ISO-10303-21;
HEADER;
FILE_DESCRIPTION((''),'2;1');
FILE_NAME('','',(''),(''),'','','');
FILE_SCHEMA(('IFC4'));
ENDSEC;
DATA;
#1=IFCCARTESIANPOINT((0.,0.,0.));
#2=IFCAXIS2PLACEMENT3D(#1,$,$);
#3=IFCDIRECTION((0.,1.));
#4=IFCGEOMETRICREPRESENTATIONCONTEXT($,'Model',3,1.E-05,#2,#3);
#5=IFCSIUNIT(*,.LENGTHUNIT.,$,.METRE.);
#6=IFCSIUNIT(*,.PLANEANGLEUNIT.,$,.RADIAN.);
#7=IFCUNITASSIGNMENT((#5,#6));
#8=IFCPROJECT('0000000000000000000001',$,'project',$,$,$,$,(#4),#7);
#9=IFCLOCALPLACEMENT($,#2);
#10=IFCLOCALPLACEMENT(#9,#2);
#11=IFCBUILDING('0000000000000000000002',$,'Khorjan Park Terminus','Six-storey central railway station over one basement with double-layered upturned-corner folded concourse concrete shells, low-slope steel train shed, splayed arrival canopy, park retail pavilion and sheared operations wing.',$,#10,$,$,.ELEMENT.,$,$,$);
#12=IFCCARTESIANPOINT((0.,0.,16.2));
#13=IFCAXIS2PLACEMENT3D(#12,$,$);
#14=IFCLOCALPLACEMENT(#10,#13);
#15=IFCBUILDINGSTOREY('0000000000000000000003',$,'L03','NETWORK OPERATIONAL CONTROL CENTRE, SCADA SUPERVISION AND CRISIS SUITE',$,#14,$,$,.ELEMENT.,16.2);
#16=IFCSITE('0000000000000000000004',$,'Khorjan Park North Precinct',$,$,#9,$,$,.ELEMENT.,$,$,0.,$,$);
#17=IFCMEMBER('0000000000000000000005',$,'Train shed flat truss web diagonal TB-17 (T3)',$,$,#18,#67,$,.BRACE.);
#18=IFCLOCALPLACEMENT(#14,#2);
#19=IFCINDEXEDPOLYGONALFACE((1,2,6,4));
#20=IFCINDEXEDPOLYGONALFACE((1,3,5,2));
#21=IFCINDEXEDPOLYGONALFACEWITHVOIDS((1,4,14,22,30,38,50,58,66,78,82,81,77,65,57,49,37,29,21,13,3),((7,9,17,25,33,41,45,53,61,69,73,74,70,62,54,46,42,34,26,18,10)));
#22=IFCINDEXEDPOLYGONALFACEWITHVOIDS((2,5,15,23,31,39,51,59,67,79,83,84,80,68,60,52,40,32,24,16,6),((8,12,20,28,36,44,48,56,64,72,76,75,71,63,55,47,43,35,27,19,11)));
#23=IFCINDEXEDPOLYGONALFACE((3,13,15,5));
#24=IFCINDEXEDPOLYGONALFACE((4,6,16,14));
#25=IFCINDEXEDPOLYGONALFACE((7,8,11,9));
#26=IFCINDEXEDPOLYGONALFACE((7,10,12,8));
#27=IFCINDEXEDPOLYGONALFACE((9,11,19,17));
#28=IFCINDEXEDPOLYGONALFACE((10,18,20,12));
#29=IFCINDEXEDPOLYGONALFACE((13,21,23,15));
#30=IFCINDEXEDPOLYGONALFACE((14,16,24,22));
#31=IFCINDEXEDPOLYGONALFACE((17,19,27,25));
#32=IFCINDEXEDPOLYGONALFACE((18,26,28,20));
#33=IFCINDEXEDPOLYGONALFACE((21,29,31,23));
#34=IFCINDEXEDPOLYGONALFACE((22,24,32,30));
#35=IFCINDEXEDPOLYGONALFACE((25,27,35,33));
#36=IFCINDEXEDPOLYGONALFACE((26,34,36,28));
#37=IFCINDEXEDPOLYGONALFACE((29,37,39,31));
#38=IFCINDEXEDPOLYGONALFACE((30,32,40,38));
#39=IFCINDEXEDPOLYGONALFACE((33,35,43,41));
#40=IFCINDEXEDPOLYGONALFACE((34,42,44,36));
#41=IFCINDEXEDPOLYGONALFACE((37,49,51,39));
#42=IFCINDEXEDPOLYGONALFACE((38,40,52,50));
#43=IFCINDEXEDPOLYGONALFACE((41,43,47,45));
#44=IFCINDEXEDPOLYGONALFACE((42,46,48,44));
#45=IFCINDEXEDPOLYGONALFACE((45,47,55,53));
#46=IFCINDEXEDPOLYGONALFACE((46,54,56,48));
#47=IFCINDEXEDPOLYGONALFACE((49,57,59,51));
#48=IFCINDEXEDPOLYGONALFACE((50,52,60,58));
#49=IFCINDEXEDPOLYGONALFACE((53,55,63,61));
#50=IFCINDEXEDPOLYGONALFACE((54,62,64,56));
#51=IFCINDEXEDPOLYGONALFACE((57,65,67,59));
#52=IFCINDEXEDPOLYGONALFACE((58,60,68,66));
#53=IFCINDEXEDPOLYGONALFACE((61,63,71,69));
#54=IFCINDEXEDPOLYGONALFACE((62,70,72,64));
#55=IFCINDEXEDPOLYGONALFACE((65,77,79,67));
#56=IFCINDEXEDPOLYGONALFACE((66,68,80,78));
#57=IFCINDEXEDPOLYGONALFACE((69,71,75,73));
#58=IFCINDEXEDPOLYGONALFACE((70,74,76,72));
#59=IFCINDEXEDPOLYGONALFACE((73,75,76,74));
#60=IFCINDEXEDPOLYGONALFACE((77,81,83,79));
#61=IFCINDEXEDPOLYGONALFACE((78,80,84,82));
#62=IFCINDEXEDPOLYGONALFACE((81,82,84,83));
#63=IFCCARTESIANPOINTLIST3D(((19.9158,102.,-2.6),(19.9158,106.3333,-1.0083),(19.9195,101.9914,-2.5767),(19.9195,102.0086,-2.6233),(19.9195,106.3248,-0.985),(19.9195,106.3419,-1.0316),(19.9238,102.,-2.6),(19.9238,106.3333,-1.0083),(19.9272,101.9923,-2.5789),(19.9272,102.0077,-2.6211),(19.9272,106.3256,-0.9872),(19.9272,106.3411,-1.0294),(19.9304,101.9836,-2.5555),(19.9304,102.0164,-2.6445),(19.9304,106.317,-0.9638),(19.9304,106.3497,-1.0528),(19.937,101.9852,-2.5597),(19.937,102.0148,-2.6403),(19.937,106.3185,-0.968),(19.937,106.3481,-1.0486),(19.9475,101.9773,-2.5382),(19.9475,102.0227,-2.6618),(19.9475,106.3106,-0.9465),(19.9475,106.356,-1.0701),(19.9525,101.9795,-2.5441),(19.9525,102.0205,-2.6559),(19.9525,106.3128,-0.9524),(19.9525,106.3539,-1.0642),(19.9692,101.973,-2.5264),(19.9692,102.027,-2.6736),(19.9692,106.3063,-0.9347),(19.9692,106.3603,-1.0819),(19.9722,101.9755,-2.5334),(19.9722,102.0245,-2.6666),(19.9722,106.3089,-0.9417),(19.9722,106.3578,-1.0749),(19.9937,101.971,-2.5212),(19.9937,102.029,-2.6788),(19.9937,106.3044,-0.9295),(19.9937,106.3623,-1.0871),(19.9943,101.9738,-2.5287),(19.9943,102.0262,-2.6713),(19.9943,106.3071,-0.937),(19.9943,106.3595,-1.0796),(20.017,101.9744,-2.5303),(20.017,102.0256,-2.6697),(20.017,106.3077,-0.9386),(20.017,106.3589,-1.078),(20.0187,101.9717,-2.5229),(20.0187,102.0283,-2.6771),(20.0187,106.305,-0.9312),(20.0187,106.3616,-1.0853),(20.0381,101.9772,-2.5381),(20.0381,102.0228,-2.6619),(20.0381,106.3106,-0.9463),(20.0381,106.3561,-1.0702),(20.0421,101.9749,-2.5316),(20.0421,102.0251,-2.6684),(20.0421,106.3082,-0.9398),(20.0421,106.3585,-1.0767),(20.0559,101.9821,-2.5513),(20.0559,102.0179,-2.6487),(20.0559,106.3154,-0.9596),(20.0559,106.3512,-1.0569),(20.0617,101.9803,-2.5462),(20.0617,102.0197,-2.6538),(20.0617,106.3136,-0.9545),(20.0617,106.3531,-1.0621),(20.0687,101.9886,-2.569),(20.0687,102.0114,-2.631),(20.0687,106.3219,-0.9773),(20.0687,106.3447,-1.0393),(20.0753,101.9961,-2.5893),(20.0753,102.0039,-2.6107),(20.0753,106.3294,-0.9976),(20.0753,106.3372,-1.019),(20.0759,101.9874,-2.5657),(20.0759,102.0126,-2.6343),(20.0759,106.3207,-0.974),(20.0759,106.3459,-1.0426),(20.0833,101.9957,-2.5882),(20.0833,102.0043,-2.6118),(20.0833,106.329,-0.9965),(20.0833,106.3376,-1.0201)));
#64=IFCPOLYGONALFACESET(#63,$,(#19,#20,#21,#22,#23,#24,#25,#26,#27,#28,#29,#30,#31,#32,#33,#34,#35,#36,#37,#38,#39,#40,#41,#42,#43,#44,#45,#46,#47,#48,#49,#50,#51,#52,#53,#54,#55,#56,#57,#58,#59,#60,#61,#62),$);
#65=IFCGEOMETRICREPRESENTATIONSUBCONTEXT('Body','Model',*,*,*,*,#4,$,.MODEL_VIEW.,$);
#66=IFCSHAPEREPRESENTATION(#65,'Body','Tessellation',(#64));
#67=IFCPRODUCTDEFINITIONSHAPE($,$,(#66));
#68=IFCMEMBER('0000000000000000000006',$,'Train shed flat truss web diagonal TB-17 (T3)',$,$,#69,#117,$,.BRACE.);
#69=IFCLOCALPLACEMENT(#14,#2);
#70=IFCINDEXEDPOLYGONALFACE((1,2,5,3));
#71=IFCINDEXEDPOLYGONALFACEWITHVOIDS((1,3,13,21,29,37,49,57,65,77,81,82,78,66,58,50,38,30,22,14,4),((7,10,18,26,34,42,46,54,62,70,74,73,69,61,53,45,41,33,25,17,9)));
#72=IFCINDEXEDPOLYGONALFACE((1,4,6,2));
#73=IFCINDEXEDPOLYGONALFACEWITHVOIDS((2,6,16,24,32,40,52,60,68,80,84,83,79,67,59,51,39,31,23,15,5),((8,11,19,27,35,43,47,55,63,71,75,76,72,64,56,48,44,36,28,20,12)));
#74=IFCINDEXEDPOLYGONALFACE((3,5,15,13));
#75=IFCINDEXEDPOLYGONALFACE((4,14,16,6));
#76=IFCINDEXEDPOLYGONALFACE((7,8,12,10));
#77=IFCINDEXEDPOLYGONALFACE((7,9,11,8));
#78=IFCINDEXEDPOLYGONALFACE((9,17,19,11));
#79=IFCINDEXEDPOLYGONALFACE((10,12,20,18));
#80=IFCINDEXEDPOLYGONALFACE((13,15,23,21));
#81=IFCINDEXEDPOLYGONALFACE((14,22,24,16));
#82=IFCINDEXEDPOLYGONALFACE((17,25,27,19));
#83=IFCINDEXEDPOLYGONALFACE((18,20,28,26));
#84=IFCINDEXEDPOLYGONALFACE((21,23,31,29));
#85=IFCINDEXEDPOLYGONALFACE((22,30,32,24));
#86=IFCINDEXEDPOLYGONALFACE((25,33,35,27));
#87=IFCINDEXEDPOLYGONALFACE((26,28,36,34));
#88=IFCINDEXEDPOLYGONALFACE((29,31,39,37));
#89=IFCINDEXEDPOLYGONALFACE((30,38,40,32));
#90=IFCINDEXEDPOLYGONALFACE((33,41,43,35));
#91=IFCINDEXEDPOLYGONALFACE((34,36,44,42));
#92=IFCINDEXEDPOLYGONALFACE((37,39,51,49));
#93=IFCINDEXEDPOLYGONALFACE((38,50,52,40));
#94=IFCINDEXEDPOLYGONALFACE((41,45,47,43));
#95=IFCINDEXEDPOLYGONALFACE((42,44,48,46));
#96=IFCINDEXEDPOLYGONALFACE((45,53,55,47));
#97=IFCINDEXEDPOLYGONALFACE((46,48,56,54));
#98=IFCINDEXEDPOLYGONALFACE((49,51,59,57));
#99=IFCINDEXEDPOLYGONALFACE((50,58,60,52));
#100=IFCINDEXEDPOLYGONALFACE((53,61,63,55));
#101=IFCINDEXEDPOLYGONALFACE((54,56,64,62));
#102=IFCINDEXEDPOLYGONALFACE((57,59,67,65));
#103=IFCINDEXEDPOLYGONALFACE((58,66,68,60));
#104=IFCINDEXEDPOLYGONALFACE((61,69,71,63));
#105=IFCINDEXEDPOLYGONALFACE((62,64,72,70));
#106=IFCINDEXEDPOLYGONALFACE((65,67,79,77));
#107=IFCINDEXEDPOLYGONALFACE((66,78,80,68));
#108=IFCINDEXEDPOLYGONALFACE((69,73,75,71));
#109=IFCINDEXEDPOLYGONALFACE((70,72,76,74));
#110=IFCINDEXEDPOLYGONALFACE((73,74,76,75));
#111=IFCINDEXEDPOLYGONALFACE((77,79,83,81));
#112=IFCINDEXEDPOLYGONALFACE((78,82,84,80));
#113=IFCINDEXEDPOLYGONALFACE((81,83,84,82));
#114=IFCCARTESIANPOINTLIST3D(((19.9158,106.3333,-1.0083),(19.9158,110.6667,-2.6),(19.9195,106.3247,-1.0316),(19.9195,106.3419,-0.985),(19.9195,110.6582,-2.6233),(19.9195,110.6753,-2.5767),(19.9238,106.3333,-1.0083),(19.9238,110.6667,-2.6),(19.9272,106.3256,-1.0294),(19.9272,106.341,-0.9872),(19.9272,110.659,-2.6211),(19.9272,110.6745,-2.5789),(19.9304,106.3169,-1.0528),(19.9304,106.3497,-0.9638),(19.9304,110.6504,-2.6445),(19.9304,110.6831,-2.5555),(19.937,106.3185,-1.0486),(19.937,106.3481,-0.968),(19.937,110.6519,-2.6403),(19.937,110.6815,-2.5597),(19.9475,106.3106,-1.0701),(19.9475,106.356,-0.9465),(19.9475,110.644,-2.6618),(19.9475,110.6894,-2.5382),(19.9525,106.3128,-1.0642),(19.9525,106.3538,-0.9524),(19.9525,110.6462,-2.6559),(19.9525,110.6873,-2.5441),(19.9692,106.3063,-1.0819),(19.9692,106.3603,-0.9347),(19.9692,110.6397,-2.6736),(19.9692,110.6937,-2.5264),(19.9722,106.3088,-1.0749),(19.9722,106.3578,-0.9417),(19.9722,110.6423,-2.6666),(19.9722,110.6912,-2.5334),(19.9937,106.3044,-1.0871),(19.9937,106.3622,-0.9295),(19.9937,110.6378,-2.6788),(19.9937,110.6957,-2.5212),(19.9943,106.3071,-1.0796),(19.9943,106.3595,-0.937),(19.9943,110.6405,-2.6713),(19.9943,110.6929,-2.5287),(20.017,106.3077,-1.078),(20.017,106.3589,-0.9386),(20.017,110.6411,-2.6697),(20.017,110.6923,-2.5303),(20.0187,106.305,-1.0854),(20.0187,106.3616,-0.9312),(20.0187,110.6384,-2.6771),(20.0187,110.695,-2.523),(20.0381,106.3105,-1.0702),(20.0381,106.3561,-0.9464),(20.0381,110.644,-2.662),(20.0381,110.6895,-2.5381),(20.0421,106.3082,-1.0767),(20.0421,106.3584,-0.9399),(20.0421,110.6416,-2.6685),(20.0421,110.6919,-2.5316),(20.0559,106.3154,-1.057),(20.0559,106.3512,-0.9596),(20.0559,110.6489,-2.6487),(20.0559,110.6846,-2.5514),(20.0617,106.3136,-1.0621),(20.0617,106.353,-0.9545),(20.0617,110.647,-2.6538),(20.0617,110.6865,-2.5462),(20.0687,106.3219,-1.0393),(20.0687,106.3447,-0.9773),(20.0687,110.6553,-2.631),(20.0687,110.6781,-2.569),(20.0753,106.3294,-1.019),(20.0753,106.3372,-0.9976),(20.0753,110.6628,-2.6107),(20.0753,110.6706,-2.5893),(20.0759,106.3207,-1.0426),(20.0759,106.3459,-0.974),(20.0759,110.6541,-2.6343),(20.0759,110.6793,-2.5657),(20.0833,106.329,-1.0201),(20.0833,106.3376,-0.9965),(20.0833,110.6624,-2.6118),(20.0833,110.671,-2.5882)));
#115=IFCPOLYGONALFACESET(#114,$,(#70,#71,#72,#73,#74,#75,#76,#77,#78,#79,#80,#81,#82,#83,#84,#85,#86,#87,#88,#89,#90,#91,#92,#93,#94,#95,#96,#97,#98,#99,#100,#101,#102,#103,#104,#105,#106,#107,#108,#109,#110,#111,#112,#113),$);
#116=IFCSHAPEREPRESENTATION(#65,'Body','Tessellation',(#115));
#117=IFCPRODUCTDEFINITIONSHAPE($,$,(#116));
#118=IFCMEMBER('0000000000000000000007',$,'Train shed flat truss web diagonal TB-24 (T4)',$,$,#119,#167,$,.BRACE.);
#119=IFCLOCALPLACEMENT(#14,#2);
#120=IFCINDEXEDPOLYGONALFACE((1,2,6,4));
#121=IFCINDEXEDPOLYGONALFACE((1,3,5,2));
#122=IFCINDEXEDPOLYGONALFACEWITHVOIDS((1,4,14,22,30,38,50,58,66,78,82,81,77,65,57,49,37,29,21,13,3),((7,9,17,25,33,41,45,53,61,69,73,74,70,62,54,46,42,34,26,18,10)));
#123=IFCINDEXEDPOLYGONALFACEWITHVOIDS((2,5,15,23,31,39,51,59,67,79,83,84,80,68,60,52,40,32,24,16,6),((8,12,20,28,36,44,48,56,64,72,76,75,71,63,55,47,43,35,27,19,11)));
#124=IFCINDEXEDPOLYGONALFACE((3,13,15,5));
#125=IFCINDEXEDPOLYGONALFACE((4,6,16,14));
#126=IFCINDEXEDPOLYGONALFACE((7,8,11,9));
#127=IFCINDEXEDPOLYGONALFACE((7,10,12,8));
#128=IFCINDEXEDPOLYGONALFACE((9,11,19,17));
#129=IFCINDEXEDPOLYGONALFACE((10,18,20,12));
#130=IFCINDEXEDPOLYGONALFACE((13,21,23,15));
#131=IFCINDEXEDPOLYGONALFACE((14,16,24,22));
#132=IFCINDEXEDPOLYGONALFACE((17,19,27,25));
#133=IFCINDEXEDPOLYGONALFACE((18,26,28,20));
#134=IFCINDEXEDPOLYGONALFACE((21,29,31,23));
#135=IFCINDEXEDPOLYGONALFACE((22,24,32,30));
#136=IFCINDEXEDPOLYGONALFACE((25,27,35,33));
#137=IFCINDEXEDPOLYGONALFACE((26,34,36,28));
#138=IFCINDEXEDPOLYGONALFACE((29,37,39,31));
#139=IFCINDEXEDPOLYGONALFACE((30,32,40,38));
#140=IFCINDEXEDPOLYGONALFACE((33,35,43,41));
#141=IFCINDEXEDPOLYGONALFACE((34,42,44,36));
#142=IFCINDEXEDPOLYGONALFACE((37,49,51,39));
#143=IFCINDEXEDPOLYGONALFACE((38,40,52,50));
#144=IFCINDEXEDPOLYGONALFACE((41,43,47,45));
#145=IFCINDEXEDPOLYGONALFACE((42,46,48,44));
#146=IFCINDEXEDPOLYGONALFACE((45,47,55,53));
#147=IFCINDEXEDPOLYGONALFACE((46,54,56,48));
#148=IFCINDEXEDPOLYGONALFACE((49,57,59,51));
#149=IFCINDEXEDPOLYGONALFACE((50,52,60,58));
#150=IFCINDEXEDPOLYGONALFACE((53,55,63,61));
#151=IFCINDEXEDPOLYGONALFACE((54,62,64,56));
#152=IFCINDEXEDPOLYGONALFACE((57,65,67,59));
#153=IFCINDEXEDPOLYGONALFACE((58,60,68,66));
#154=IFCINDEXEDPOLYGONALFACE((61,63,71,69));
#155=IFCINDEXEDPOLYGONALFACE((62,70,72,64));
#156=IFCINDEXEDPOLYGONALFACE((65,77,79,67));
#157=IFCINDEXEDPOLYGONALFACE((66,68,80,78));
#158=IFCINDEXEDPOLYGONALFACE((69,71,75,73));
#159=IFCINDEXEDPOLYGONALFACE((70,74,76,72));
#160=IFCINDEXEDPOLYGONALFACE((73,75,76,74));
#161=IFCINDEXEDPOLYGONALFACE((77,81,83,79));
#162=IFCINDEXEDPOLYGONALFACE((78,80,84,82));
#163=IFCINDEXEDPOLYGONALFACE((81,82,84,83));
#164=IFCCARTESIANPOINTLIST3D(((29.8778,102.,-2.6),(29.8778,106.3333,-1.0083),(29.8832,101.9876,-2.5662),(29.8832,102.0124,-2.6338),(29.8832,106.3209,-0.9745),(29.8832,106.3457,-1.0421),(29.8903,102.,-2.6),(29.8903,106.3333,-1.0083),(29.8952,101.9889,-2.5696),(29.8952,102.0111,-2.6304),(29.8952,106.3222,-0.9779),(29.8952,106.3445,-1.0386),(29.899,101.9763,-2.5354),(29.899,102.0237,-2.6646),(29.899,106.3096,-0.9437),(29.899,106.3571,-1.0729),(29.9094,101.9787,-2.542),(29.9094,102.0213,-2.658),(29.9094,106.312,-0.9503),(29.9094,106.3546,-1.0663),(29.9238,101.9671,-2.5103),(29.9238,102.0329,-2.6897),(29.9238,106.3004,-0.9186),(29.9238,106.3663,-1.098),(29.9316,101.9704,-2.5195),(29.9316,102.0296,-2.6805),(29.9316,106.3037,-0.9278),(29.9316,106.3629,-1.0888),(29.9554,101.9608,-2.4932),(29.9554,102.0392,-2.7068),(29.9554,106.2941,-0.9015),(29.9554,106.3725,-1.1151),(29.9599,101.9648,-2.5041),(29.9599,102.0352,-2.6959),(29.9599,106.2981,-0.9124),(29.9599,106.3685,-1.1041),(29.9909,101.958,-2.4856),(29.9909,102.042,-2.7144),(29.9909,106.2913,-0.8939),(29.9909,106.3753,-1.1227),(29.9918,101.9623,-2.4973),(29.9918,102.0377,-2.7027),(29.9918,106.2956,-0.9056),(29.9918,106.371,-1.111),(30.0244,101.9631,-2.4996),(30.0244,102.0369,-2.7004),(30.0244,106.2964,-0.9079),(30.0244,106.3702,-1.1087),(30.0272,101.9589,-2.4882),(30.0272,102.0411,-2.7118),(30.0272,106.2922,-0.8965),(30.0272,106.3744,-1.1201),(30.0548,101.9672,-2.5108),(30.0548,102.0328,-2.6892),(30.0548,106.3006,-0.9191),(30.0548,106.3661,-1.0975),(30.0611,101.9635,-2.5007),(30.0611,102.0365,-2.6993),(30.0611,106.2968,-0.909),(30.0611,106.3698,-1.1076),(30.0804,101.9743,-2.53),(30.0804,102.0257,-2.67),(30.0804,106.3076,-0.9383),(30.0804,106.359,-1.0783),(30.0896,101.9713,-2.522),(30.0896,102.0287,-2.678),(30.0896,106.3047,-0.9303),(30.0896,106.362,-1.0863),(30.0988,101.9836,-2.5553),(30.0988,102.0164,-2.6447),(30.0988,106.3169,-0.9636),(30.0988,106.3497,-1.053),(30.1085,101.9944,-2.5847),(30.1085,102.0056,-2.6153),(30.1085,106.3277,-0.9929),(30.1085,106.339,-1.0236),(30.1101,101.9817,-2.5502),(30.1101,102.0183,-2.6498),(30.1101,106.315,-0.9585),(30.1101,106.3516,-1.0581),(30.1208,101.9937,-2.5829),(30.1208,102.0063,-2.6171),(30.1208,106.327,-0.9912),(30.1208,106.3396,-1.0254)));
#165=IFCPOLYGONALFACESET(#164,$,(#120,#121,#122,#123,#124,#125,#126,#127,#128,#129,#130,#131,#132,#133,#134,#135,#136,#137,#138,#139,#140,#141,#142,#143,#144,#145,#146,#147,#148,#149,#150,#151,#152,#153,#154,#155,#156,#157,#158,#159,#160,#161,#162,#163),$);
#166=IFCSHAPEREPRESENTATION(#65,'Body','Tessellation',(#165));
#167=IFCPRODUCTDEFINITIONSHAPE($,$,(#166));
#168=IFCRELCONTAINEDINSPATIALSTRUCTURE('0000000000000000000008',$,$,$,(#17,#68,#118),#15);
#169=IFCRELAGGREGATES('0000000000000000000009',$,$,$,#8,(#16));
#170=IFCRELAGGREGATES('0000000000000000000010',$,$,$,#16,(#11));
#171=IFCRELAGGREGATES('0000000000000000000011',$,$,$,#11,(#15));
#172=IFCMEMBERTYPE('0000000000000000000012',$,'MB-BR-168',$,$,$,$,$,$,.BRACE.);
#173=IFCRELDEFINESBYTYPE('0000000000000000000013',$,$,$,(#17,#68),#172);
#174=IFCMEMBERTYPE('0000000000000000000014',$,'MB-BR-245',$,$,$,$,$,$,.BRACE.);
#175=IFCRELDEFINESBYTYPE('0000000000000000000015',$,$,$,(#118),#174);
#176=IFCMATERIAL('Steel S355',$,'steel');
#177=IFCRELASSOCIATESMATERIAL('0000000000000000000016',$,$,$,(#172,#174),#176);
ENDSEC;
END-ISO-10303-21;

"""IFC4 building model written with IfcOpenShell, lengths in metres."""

from ifc_helpers import new_model, si_unit, direction, frame, origin, origin_2d, place, context, subcontext, project, spatial, hollow_circle, extrude, material, material_profile, profile_set, type_object, element, save


model = new_model("IFC4")

# Units and contexts
model_context = context("Model", 3, precision=1e-05, world=origin(), true_north=direction((0.0, 1.0)))
body_context = subcontext(model_context, "Body", "Model", "MODEL_VIEW")
ifc_project = project(units=[si_unit("LENGTHUNIT", "METRE"), si_unit("PLANEANGLEUNIT", "RADIAN")], contexts=[model_context])

# Site, building, storey
site_placement = place(None, origin())
site = spatial("IfcSite", under=ifc_project, at=site_placement, Name="Khorjan Park North Precinct", CompositionType="ELEMENT", RefElevation=0.0)
building_placement = place(site_placement, origin())
building = spatial("IfcBuilding", under=site, at=building_placement, Name="Khorjan Park Terminus", Description="Six-storey central railway station over one basement with double-layered upturned-corner folded concourse concrete shells, low-slope steel train shed, splayed arrival canopy, park retail pavilion and sheared operations wing.", CompositionType="ELEMENT")
storey_placement = place(building_placement, frame((0.0, 0.0, 16.2)))
storey = spatial("IfcBuildingStorey", under=building, at=storey_placement, Name="L03", Description="NETWORK OPERATIONAL CONTROL CENTRE, SCADA SUPERVISION AND CRISIS SUITE", CompositionType="ELEMENT", Elevation=16.2)

# Members
ifc_material = material(Name="Steel S355", Category="steel")
ifc_material_profile_1 = material_profile(ifc_material, hollow_circle(Radius=0.0842, WallThickness=0.008, at=origin_2d()), Name="CHS 168.3x8")
ifc_profile_set_1 = profile_set([ifc_material_profile_1], Name="Steel S355")
member_type_1 = type_object("IfcMemberType", Name="MB-BR-168", PredefinedType="BRACE", material=ifc_profile_set_1)
member_1_placement = place(storey_placement, frame((20.0, 102.0, -2.6), z_axis=(0.0, 0.938678, 0.344794), x_axis=(-1.0, 0.0, 0.0)))
element("IfcMember", 1, at=member_1_placement, inside=storey, type_object=member_type_1, Name="Train shed flat truss web diagonal TB-17 (T3)", PredefinedType="BRACE", context=body_context, shape_type="SweptSolid", body=[
    extrude(hollow_circle(Radius=0.0842, WallThickness=0.008, at=origin_2d()), origin(), (0.0, 0.0, 1.0), 4.6164),
])
member_2_placement = place(storey_placement, frame((20.0, 106.3333, -1.0083), z_axis=(0.0, 0.938681, -0.344787), x_axis=(-1.0, 0.0, 0.0)))
element("IfcMember", 2, at=member_2_placement, inside=storey, type_object=member_type_1, Name="Train shed flat truss web diagonal TB-17 (T3)", PredefinedType="BRACE", context=body_context, shape_type="SweptSolid", body=[
    extrude(hollow_circle(Radius=0.0842, WallThickness=0.008, at=origin_2d()), origin(), (0.0, 0.0, 1.0), 4.6165),
])
ifc_material_profile_2 = material_profile(ifc_material, hollow_circle(Radius=0.1222, WallThickness=0.0125, at=origin_2d()), Name="CHS 244.5x12.5")
ifc_profile_set_2 = profile_set([ifc_material_profile_2], Name="Steel S355")
member_type_2 = type_object("IfcMemberType", Name="MB-BR-245", PredefinedType="BRACE", material=ifc_profile_set_2)
member_3_placement = place(storey_placement, frame((30.0, 102.0, -2.6), z_axis=(0.0, 0.938678, 0.344794), x_axis=(-1.0, 0.0, 0.0)))
element("IfcMember", 3, at=member_3_placement, inside=storey, type_object=member_type_2, Name="Train shed flat truss web diagonal TB-24 (T4)", PredefinedType="BRACE", context=body_context, shape_type="SweptSolid", body=[
    extrude(hollow_circle(Radius=0.1222, WallThickness=0.0125, at=origin_2d()), origin(), (0.0, 0.0, 1.0), 4.6164),
])

save(model, "model.ifc")
